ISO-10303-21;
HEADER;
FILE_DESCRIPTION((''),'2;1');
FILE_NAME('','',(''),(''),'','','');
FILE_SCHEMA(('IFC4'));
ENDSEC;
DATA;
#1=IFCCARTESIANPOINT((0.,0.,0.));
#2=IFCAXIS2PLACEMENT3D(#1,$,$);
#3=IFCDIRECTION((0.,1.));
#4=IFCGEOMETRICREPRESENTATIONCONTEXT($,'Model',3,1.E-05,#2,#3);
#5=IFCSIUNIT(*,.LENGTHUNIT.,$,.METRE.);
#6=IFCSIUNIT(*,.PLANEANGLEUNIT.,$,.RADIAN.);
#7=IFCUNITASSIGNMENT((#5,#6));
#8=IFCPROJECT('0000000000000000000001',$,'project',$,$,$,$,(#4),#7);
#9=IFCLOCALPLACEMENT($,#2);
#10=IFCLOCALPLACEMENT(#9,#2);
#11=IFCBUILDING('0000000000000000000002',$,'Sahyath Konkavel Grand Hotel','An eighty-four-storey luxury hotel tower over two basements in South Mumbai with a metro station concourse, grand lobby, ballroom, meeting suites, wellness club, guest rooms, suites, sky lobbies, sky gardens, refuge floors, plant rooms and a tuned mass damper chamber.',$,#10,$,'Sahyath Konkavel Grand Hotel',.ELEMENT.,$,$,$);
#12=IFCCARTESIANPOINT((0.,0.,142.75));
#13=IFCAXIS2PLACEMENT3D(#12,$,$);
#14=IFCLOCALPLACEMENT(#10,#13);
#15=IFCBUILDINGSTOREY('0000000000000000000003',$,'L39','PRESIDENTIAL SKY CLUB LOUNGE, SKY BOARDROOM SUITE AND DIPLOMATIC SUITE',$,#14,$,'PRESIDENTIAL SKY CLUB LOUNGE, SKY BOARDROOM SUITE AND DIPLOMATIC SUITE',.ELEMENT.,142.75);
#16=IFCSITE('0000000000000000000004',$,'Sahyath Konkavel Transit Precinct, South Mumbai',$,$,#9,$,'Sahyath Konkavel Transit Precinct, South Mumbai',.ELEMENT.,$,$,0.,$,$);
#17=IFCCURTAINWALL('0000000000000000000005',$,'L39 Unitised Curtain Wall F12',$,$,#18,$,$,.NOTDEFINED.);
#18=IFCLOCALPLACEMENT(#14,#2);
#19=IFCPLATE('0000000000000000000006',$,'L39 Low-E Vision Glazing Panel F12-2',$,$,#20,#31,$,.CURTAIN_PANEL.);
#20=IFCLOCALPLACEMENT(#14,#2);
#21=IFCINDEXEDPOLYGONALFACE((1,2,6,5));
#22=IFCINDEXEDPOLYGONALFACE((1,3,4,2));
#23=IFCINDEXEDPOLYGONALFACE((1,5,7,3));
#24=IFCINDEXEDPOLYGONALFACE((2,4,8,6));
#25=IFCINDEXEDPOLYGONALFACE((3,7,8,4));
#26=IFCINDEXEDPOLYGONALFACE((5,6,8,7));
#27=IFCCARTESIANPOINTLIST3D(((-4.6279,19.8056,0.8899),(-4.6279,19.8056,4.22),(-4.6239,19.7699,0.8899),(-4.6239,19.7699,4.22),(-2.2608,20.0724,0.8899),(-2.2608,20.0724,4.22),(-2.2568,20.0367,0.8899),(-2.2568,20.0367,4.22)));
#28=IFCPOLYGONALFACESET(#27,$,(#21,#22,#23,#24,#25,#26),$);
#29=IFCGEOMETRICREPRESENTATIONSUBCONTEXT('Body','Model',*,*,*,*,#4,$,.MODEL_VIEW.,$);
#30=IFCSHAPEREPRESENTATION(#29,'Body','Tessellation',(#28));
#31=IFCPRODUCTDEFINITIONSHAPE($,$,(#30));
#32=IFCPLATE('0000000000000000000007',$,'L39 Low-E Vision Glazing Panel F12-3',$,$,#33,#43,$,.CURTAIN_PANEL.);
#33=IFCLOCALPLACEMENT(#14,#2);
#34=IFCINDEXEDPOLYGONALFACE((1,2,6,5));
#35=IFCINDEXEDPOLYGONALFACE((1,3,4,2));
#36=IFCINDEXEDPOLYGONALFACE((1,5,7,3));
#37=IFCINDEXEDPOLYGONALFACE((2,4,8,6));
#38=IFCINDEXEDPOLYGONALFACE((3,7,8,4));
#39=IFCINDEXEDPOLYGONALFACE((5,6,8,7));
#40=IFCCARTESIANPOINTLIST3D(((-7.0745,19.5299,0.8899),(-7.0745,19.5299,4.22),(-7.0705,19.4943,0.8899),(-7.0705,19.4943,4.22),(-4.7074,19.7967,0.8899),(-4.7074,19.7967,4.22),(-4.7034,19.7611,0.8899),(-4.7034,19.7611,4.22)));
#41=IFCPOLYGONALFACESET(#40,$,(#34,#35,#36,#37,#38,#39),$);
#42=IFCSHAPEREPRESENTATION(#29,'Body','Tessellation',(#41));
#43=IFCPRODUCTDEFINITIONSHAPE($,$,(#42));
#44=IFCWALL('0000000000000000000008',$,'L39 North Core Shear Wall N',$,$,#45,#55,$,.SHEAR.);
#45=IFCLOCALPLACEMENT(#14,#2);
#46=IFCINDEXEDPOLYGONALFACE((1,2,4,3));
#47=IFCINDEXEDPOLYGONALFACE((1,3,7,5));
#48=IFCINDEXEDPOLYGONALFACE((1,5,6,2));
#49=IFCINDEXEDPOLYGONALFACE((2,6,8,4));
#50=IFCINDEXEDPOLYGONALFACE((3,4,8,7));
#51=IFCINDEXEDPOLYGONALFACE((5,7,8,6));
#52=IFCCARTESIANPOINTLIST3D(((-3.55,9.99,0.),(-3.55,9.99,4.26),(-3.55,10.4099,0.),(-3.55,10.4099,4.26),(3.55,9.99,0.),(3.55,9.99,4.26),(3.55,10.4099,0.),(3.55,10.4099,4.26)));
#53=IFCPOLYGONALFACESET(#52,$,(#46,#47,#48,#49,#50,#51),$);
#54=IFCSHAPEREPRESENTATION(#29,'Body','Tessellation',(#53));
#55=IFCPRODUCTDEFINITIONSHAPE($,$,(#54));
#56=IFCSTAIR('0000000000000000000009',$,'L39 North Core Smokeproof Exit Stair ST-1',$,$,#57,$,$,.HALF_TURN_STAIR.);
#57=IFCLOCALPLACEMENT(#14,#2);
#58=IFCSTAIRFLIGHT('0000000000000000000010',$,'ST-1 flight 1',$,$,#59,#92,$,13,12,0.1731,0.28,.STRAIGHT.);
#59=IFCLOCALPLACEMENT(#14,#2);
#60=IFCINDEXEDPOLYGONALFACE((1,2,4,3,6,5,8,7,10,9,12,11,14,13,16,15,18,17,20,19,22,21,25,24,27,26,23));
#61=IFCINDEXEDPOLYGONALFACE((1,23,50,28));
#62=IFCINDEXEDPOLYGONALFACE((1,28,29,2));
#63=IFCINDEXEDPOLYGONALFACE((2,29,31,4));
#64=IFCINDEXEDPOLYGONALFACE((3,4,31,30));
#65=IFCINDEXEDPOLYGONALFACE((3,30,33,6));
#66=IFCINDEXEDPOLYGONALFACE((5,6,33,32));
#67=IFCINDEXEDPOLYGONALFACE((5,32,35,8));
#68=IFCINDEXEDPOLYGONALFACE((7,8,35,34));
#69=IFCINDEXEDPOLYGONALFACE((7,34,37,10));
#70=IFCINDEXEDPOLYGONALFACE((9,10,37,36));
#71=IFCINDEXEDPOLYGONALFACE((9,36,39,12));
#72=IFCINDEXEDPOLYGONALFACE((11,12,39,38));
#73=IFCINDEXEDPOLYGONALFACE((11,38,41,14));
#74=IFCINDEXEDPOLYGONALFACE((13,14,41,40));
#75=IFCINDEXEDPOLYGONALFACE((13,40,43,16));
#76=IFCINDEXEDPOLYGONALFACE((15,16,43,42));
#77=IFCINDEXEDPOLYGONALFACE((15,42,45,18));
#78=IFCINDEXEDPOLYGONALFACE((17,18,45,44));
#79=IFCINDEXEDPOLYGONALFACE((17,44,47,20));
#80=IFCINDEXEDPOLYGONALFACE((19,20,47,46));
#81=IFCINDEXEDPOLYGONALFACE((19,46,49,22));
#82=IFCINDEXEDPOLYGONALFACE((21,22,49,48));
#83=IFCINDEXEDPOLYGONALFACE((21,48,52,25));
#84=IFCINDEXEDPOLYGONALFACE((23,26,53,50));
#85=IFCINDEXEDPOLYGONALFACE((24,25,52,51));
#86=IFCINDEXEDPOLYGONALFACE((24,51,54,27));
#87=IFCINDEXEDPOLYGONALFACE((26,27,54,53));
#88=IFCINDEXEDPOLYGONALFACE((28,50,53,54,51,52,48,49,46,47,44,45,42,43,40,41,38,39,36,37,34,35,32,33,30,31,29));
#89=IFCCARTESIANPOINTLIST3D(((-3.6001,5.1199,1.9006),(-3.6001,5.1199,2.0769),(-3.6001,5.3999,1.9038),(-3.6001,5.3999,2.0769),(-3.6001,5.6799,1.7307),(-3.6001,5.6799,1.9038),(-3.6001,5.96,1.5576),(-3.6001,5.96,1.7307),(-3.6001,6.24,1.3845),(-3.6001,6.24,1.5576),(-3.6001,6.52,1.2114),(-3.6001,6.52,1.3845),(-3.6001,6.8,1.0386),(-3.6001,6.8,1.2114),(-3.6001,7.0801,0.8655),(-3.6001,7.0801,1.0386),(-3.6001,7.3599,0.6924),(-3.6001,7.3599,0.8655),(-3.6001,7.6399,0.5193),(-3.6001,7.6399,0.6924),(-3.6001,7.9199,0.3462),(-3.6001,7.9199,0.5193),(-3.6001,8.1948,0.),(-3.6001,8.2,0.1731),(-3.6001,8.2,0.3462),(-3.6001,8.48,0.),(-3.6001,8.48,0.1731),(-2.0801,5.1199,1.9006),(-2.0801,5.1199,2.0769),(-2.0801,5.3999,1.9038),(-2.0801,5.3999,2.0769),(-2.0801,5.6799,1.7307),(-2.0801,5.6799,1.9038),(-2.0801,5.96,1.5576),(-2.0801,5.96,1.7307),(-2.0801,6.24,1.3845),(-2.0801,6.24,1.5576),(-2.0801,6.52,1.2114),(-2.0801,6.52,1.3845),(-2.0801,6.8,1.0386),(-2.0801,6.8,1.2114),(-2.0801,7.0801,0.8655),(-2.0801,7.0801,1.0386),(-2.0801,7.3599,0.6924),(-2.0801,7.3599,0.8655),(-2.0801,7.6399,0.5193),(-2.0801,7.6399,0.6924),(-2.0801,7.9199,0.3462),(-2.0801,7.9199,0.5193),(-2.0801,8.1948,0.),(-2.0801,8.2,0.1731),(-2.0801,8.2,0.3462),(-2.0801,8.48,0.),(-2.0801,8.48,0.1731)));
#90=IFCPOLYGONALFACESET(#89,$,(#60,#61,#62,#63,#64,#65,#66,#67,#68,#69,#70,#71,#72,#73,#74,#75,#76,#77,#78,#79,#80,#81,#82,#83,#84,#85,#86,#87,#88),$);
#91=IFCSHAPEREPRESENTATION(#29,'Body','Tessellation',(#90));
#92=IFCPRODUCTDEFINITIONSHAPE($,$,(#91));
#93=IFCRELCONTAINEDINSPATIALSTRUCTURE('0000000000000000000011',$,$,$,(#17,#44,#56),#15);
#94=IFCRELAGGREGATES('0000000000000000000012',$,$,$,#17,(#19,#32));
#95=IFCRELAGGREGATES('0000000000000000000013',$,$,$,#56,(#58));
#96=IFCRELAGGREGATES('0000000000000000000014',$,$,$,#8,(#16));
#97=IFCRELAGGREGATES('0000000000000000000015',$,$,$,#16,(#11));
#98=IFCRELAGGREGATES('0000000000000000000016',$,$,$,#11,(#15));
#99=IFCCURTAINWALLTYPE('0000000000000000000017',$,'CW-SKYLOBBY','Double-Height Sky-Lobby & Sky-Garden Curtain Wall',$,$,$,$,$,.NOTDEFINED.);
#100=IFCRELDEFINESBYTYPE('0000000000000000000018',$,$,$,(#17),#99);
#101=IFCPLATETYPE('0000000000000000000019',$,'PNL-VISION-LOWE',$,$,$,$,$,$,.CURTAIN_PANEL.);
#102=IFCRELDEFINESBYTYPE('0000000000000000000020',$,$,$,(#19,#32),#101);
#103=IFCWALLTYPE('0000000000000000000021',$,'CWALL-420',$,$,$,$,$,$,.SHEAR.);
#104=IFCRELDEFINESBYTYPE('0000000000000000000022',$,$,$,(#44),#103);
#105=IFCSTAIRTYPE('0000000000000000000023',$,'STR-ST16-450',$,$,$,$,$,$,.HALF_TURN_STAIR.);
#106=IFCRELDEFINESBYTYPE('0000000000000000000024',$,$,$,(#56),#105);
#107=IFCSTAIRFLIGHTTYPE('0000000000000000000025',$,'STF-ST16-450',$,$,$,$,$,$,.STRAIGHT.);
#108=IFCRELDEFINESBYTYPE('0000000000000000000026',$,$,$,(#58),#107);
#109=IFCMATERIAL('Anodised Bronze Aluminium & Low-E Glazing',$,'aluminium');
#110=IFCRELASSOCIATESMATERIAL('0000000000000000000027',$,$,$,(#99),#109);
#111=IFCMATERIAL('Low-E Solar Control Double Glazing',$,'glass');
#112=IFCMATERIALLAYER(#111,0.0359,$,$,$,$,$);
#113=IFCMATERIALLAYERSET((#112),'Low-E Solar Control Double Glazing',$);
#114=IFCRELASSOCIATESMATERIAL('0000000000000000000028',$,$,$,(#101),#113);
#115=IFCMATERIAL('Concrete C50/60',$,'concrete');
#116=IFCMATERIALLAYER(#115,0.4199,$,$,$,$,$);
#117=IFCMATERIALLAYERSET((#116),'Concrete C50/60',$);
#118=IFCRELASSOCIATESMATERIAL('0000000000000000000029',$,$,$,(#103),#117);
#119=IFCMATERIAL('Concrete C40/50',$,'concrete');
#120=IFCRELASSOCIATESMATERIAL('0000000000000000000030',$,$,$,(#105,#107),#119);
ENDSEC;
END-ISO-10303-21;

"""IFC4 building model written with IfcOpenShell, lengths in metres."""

from ifc_helpers import new_model, si_unit, direction, frame, frame_2d, origin, origin_2d, place, context, subcontext, project, spatial, polyline, rectangle, outline, extrude, source, transform, mapped, material, layer, layer_set, type_object, element, aggregate, save


model = new_model("IFC4")

# Units and contexts
model_context = context("Model", 3, precision=1e-05, world=origin(), true_north=direction((0.0, 1.0)))
body_context = subcontext(model_context, "Body", "Model", "MODEL_VIEW")
ifc_project = project(units=[si_unit("LENGTHUNIT", "METRE"), si_unit("PLANEANGLEUNIT", "RADIAN")], contexts=[model_context])

# Site, building, storey
site_placement = place(None, origin())
site = spatial("IfcSite", under=ifc_project, at=site_placement, Name="Sahyath Konkavel Transit Precinct, South Mumbai", LongName="Sahyath Konkavel Transit Precinct, South Mumbai", CompositionType="ELEMENT", RefElevation=0.0)
building_placement = place(site_placement, origin())
building = spatial("IfcBuilding", under=site, at=building_placement, Name="Sahyath Konkavel Grand Hotel", Description="An eighty-four-storey luxury hotel tower over two basements in South Mumbai with a metro station concourse, grand lobby, ballroom, meeting suites, wellness club, guest rooms, suites, sky lobbies, sky gardens, refuge floors, plant rooms and a tuned mass damper chamber.", LongName="Sahyath Konkavel Grand Hotel", CompositionType="ELEMENT")
storey_placement = place(building_placement, frame((0.0, 0.0, 142.75)))
storey = spatial("IfcBuildingStorey", under=building, at=storey_placement, Name="L39", Description="PRESIDENTIAL SKY CLUB LOUNGE, SKY BOARDROOM SUITE AND DIPLOMATIC SUITE", LongName="PRESIDENTIAL SKY CLUB LOUNGE, SKY BOARDROOM SUITE AND DIPLOMATIC SUITE", CompositionType="ELEMENT", Elevation=142.75)

# Shared definitions
ifc_material_1 = material(Name="Concrete C50/60", Category="concrete")
ifc_material_2 = material(Name="Concrete C40/50", Category="concrete")

# Curtain wall
ifc_material_3 = material(Name="Anodised Bronze Aluminium & Low-E Glazing", Category="aluminium")
curtain_wall_type = type_object("IfcCurtainWallType", Name="CW-SKYLOBBY", Description="Double-Height Sky-Lobby & Sky-Garden Curtain Wall", PredefinedType="NOTDEFINED", material=ifc_material_3)
curtain_wall_1_placement = place(storey_placement, origin())
curtain_wall_1 = element("IfcCurtainWall", 1, at=curtain_wall_1_placement, inside=storey, type_object=curtain_wall_type, Name="L39 Unitised Curtain Wall F12", PredefinedType="NOTDEFINED")

# Plates
ifc_material_4 = material(Name="Low-E Solar Control Double Glazing", Category="glass")
ifc_layer_1 = layer(ifc_material_4, 0.0359)
ifc_layer_set_1 = layer_set([ifc_layer_1], Name="Low-E Solar Control Double Glazing")
plate_type_1 = type_object("IfcPlateType", Name="PNL-VISION-LOWE", PredefinedType="CURTAIN_PANEL", material=ifc_layer_set_1)
shared_shape_1 = source(origin(), body_context, "Body", "SweptSolid", [
    extrude(rectangle(XDim=2.3821, YDim=0.0359, at=origin_2d()), origin(), (0.0, 0.0, 1.0), 3.3301),
])
plate_1_placement = place(storey_placement, frame((-3.4424, 19.9211, 0.8899), z_axis=(0.0, 0.0, 1.0), x_axis=(-0.993707, -0.112007, 0.0)))
plate_1 = element("IfcPlate", 2, at=plate_1_placement, type_object=plate_type_1, Name="L39 Low-E Vision Glazing Panel F12-2", PredefinedType="CURTAIN_PANEL", context=body_context, shape_type="MappedRepresentation", body=[
    mapped(shared_shape_1, transform((0.0, 0.0, 0.0), scale=1.0)),
])
plate_2_placement = place(storey_placement, frame((-5.8889, 19.6455, 0.8899), z_axis=(0.0, 0.0, 1.0), x_axis=(-0.993707, -0.112007, 0.0)))
plate_2 = element("IfcPlate", 3, at=plate_2_placement, type_object=plate_type_1, Name="L39 Low-E Vision Glazing Panel F12-3", PredefinedType="CURTAIN_PANEL", context=body_context, shape_type="MappedRepresentation", body=[
    mapped(shared_shape_1, transform((0.0, 0.0, 0.0), scale=1.0)),
])
aggregate(curtain_wall_1, [plate_1, plate_2])

# Wall
ifc_layer_2 = layer(ifc_material_1, 0.4199)
ifc_layer_set_2 = layer_set([ifc_layer_2], Name="Concrete C50/60")
wall_type = type_object("IfcWallType", Name="CWALL-420", PredefinedType="SHEAR", material=ifc_layer_set_2)
wall_placement = place(storey_placement, frame((-3.55, 10.2, 0.0), z_axis=(0.0, 0.0, 1.0), x_axis=(1.0, 0.0, 0.0)))
element("IfcWall", 4, at=wall_placement, inside=storey, type_object=wall_type, Name="L39 North Core Shear Wall N", PredefinedType="SHEAR", context=body_context, shape_type="SweptSolid", body=[
    extrude(rectangle(XDim=7.1001, YDim=0.4199, at=frame_2d((3.55, 0.0))), origin(), (0.0, 0.0, 1.0), 4.26),
])

# Stair, stair flight
stair_type = type_object("IfcStairType", Name="STR-ST16-450", PredefinedType="HALF_TURN_STAIR", material=ifc_material_2)
stair_placement = place(storey_placement, origin())
stair = element("IfcStair", 5, at=stair_placement, inside=storey, type_object=stair_type, Name="L39 North Core Smokeproof Exit Stair ST-1", PredefinedType="HALF_TURN_STAIR")
stair_flight_type = type_object("IfcStairFlightType", Name="STF-ST16-450", PredefinedType="STRAIGHT", material=ifc_material_2)
stair_flight_placement = place(storey_placement, frame((-2.8401, 8.48, 0.0), z_axis=(0.0, 0.0, 1.0), x_axis=(0.0, -1.0, 0.0)))
stair_flight = element("IfcStairFlight", 6, at=stair_flight_placement, type_object=stair_flight_type, Name="ST-1 flight 1", NumberOfRisers=13, NumberOfTreads=12, PredefinedType="STRAIGHT", RiserHeight=0.1731, TreadLength=0.28, context=body_context, shape_type="SweptSolid", body=[
    extrude(outline(polyline([(0.0, 0.0), (0.0, 0.1731), (0.28, 0.1731), (0.28, 0.3462), (0.5601, 0.3462), (0.5601, 0.5193), (0.8401, 0.5193), (0.8401, 0.6924), (1.1201, 0.6924), (1.1201, 0.8655), (1.3999, 0.8655), (1.3999, 1.0386), (1.6799, 1.0386), (1.6799, 1.2114), (1.96, 1.2114), (1.96, 1.3845), (2.24, 1.3845), (2.24, 1.5576), (2.52, 1.5576), (2.52, 1.7307), (2.8, 1.7307), (2.8, 1.9038), (3.0801, 1.9038), (3.0801, 2.0769), (3.3601, 2.0769), (3.3601, 2.25), (3.3601, 1.9006), (0.2852, 0.0), (0.0, 0.0)])), frame((0.0, 0.76, 0.0), z_axis=(0.0, -1.0, 0.0), x_axis=(1.0, 0.0, 0.0)), (0.0, 0.0, 1.0), 1.52),
])
aggregate(stair, [stair_flight])

save(model, "model.ifc")
